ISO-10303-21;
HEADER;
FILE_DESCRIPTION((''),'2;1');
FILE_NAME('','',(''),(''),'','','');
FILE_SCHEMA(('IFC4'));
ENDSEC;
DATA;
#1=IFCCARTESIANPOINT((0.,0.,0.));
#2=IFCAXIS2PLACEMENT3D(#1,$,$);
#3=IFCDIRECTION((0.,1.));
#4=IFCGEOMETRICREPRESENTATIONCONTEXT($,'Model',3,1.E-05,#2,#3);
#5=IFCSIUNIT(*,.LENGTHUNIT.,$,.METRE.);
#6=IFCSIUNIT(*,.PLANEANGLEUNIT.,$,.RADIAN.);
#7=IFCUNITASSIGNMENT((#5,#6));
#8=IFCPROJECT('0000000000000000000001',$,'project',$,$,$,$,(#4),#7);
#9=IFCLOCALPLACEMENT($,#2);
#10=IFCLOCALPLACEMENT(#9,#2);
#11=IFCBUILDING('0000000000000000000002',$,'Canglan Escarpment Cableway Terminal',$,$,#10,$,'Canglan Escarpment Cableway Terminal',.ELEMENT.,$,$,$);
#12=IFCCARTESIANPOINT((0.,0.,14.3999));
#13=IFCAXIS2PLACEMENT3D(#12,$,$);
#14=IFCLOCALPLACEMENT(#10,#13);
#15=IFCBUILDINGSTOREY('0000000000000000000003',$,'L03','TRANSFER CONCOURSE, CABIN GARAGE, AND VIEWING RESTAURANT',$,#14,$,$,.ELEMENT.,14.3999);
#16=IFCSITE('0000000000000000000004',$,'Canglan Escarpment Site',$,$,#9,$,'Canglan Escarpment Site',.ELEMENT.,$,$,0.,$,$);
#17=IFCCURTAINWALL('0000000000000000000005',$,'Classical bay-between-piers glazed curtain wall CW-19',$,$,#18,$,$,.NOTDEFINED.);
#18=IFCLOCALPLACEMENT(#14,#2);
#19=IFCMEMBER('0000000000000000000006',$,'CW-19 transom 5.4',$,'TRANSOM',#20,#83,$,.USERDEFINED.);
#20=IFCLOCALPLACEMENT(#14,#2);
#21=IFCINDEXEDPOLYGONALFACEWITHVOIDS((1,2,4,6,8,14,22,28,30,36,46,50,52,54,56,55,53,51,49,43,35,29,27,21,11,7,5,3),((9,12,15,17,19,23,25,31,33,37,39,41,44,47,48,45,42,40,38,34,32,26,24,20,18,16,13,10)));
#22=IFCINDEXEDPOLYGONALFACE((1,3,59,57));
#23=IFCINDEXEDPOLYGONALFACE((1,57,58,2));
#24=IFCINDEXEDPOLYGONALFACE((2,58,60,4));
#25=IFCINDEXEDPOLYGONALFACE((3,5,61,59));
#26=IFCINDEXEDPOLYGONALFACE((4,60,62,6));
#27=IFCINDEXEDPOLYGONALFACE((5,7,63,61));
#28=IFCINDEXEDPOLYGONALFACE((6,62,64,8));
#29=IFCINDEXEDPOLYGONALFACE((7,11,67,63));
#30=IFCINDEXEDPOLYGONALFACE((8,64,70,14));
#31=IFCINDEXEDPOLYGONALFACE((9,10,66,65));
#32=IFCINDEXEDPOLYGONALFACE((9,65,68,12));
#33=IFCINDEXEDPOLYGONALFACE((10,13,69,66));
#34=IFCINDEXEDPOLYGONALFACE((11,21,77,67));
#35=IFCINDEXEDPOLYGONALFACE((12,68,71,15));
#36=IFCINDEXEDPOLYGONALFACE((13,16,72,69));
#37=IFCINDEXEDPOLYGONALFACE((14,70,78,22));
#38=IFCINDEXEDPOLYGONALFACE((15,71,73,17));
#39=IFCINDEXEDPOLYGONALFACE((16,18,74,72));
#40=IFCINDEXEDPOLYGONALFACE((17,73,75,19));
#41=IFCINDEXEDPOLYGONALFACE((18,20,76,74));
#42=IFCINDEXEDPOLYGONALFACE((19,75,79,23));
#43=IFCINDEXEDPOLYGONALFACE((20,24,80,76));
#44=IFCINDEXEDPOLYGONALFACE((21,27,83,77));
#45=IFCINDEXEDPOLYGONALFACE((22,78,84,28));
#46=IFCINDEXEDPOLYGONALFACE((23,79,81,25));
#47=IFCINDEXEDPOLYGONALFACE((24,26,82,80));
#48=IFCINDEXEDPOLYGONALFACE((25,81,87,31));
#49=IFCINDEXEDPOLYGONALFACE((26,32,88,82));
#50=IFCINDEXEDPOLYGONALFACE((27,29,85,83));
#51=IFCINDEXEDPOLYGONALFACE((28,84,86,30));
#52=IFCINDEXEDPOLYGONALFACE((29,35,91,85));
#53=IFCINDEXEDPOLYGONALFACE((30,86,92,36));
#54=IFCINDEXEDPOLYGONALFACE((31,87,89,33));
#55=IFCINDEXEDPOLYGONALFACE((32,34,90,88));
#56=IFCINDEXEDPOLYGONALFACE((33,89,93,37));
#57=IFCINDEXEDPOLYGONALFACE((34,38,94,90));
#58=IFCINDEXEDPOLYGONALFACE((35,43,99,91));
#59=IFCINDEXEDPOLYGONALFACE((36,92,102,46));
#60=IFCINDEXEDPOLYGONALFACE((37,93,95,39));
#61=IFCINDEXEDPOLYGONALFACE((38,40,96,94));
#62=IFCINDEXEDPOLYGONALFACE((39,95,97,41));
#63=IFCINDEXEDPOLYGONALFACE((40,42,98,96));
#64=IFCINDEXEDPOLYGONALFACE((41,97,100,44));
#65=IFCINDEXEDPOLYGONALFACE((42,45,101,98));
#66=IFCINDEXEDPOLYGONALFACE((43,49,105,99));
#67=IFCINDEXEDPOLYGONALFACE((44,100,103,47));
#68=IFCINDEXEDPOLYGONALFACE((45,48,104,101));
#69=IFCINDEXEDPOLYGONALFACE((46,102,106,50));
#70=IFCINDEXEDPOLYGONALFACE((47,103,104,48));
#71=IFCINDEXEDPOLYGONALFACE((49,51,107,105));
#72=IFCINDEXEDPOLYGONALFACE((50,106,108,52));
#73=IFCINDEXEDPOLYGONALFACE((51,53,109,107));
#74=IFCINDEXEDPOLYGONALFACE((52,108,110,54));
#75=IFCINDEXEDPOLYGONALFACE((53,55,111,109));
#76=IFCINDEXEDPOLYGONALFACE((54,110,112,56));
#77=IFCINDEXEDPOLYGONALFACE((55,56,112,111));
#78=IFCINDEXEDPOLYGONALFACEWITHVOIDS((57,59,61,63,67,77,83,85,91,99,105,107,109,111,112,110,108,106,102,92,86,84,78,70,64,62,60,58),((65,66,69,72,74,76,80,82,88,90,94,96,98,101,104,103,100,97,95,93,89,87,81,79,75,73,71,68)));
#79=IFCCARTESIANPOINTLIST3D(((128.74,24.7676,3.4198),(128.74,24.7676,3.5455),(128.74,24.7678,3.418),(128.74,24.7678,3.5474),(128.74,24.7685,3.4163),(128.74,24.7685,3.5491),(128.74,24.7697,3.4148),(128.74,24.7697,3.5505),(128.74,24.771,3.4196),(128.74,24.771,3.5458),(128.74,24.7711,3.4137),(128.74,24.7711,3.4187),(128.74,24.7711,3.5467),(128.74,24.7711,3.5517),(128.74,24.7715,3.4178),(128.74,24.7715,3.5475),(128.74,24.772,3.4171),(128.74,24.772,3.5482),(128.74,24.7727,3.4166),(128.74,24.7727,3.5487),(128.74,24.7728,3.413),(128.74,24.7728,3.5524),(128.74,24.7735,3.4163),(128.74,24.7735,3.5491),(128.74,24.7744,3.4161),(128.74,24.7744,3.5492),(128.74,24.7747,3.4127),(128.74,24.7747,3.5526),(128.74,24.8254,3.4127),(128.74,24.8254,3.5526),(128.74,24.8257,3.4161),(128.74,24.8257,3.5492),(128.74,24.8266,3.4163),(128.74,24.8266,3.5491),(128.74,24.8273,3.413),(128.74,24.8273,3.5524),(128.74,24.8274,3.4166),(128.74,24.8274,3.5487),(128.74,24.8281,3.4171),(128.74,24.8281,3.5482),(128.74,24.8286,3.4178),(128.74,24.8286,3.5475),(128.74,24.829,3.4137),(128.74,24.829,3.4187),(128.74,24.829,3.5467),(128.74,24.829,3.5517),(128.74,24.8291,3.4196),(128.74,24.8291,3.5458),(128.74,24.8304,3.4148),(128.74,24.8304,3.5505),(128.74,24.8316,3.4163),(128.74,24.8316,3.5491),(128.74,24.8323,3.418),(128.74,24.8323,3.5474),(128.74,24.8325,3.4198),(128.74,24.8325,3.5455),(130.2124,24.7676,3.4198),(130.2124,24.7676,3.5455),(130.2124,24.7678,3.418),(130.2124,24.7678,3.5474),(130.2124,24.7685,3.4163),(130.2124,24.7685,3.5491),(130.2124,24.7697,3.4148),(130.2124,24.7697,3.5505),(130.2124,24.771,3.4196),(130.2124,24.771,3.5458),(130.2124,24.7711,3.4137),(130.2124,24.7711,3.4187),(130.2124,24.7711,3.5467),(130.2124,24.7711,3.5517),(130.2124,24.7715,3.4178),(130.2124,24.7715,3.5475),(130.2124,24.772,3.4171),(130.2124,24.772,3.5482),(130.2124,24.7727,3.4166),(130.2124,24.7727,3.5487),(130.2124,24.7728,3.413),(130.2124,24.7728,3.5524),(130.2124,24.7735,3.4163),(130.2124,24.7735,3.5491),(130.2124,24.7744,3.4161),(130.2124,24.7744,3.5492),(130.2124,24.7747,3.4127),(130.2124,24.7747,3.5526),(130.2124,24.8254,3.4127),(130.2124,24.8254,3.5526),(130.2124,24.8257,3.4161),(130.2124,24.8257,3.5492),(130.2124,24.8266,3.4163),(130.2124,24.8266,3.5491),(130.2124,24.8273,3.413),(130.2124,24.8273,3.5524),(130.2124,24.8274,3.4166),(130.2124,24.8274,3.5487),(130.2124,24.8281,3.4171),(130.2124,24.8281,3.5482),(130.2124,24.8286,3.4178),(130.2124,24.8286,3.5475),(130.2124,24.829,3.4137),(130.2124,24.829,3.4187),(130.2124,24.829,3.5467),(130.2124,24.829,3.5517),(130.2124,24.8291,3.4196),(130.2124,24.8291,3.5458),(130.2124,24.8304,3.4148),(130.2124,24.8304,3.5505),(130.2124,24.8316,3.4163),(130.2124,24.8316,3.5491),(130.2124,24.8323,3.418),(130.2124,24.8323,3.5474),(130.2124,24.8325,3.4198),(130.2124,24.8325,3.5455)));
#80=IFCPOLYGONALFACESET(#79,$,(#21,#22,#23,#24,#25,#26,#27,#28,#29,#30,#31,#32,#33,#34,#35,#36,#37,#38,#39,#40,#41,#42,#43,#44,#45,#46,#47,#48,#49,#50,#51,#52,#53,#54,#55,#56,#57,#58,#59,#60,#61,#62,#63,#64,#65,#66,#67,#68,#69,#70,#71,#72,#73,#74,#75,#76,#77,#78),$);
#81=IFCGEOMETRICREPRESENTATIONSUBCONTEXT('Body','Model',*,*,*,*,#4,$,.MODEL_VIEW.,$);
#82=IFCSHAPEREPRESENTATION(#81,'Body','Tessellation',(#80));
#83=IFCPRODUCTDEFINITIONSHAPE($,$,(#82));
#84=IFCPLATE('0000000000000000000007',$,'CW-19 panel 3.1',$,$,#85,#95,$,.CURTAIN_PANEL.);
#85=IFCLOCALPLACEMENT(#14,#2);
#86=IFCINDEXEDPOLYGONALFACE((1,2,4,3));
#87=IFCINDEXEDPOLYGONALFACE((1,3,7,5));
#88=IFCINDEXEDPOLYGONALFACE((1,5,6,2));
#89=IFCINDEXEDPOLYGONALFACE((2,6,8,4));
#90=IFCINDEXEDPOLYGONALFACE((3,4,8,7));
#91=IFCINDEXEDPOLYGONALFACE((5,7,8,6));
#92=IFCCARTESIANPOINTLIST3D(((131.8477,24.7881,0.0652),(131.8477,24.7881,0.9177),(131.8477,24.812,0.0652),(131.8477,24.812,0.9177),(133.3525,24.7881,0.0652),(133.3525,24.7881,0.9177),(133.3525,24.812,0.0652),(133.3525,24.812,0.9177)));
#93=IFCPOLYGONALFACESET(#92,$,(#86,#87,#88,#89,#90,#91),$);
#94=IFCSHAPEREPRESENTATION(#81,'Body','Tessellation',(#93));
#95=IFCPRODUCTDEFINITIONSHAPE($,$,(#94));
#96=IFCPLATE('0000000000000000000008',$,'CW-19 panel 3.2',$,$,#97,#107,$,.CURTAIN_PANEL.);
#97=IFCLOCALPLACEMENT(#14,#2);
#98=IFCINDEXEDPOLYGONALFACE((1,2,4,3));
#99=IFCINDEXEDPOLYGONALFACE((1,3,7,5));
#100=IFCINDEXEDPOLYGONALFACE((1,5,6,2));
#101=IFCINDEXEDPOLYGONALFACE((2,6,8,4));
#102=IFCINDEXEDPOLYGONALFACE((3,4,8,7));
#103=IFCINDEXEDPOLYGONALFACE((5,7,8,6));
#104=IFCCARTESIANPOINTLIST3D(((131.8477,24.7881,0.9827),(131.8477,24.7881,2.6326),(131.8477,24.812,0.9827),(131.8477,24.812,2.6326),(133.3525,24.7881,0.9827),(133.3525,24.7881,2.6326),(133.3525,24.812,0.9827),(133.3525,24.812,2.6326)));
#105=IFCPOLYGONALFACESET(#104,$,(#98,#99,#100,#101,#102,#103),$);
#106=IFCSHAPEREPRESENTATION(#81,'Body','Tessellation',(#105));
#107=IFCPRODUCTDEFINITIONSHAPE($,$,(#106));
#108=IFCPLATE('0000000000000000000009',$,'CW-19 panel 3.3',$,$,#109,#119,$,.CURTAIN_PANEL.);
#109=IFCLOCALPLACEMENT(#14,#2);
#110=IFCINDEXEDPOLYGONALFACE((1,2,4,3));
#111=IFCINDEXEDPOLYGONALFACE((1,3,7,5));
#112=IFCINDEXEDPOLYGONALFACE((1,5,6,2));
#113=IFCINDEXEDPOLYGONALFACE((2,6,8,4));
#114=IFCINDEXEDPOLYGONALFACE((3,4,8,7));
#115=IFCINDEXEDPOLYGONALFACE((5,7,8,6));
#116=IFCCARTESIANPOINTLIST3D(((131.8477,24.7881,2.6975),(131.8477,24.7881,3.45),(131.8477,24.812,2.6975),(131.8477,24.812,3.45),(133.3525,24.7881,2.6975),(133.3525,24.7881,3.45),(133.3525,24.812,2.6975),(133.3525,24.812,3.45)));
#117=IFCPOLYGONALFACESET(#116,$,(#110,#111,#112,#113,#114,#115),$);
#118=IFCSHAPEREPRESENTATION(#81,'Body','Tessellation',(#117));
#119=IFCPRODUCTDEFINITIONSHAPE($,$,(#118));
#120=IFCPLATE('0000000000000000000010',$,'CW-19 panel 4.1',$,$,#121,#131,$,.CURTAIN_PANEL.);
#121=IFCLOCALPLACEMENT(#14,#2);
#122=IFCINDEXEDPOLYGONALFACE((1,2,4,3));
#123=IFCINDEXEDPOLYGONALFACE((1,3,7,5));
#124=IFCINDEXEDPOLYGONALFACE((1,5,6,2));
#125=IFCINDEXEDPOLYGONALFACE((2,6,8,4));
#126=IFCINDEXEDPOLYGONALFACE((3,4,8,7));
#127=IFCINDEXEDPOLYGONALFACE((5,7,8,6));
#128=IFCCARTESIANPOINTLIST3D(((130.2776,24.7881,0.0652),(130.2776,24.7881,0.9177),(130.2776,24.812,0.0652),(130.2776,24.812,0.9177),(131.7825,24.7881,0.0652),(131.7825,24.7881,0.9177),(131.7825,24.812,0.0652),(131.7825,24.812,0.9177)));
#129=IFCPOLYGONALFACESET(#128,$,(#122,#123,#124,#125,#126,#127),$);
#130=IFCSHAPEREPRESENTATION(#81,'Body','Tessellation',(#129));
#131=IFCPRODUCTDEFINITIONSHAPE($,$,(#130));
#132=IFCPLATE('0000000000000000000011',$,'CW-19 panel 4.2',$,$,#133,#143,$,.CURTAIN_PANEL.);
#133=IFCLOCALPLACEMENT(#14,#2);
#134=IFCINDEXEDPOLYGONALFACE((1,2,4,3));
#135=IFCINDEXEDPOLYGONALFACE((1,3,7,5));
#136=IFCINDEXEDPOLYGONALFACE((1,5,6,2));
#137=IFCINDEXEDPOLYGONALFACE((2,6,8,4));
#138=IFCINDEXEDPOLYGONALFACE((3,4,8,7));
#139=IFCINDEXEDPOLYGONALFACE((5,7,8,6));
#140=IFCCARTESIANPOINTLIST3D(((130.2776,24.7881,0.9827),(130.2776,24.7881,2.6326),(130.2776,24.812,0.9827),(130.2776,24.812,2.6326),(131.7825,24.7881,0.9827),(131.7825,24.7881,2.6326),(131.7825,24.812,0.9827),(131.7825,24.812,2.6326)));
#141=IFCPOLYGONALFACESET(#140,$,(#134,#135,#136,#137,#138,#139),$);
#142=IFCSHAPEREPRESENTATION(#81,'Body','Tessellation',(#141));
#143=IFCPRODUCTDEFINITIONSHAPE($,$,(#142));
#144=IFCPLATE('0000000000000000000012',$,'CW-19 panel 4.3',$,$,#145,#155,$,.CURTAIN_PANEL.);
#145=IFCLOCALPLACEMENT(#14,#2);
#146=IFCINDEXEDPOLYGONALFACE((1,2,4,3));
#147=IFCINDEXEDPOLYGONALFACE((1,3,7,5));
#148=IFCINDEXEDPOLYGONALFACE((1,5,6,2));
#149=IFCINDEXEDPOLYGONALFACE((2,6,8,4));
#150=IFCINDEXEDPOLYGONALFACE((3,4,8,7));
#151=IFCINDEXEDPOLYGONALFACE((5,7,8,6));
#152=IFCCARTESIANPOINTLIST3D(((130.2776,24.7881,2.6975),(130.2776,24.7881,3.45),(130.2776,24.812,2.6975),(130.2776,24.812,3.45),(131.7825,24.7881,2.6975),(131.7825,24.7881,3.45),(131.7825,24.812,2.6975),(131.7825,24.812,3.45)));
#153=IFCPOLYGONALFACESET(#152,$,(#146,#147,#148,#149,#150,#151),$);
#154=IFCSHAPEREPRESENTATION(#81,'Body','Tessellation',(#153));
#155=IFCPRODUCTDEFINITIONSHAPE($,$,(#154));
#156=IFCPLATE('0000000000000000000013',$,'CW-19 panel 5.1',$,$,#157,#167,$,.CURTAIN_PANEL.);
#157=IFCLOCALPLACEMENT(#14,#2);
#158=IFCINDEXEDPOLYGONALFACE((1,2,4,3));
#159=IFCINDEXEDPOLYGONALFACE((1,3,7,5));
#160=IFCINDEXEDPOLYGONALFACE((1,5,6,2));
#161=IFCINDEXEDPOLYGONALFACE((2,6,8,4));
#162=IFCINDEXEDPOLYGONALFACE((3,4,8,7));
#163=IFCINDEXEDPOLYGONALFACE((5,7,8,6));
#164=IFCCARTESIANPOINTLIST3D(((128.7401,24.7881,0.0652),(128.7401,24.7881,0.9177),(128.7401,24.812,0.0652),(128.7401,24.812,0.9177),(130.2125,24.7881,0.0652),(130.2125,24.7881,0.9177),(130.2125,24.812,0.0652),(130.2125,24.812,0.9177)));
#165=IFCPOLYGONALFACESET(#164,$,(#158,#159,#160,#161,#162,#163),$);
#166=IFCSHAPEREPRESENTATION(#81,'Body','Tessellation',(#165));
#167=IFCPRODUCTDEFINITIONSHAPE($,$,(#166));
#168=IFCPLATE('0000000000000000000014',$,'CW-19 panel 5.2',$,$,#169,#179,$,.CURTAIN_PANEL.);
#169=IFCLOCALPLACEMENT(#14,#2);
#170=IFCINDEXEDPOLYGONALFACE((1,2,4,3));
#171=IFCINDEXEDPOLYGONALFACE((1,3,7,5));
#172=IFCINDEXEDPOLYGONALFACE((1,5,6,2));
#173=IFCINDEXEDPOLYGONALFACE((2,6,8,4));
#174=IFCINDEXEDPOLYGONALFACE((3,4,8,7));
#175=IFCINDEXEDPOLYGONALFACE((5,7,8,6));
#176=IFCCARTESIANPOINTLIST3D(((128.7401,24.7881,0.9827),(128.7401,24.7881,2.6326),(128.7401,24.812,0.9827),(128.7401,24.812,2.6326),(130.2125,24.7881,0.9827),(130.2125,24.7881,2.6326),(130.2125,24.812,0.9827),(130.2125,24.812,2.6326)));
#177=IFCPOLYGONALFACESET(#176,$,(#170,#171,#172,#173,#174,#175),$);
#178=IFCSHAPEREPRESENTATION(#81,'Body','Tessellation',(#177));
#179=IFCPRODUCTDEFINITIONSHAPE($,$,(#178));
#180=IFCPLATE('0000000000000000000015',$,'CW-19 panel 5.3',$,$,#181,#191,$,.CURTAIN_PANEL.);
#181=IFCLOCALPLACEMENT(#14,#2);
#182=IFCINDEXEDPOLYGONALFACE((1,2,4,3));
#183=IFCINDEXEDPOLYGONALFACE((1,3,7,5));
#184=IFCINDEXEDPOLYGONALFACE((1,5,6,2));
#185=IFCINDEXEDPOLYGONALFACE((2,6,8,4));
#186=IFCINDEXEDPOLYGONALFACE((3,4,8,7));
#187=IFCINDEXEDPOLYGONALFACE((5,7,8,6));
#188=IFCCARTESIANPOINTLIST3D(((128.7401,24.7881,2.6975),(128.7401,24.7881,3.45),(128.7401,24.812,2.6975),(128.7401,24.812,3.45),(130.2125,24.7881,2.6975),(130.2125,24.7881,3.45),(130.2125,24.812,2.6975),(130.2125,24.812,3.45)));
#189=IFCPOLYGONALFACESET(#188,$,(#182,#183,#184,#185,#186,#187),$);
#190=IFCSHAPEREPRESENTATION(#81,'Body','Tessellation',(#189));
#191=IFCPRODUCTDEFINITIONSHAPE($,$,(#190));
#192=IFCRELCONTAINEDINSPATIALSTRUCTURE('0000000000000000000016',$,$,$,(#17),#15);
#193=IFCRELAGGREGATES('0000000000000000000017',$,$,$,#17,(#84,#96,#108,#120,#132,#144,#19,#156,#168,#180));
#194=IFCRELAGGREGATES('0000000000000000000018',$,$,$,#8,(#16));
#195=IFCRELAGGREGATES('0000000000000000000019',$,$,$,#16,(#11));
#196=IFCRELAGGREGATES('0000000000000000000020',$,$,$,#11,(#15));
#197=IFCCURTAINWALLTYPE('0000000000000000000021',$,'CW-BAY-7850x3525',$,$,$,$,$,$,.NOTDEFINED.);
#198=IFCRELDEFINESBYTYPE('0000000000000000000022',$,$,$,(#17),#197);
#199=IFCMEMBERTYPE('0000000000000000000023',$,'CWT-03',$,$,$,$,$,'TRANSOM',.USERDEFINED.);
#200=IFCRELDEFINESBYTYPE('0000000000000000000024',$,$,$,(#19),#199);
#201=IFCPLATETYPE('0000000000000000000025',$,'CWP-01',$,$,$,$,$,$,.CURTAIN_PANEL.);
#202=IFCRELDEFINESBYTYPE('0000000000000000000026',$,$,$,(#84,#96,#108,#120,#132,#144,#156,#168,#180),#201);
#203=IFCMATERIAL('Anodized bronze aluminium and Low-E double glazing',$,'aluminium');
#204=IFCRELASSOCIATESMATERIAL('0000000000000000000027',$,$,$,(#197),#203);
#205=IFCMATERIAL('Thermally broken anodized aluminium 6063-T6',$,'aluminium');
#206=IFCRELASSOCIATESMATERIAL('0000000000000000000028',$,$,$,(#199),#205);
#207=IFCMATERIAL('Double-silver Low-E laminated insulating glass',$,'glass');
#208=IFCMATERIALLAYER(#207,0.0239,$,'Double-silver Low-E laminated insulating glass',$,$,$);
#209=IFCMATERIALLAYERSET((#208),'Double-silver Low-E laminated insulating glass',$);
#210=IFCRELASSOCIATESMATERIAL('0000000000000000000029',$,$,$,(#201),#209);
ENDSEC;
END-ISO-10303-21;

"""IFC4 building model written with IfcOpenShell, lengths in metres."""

from ifc_helpers import new_model, si_unit, direction, frame, origin, origin_2d, place, context, subcontext, project, spatial, rectangle, hollow_rectangle, extrude, material, layer, layer_set, material_profile, profile_set, type_object, element, aggregate, save


model = new_model("IFC4")

# Units and contexts
model_context = context("Model", 3, precision=1e-05, world=origin(), true_north=direction((0.0, 1.0)))
body_context = subcontext(model_context, "Body", "Model", "MODEL_VIEW")
ifc_project = project(units=[si_unit("LENGTHUNIT", "METRE"), si_unit("PLANEANGLEUNIT", "RADIAN")], contexts=[model_context])

# Site, building, storey
site_placement = place(None, origin())
site = spatial("IfcSite", under=ifc_project, at=site_placement, Name="Canglan Escarpment Site", LongName="Canglan Escarpment Site", CompositionType="ELEMENT", RefElevation=0.0)
building_placement = place(site_placement, origin())
building = spatial("IfcBuilding", under=site, at=building_placement, Name="Canglan Escarpment Cableway Terminal", LongName="Canglan Escarpment Cableway Terminal", CompositionType="ELEMENT")
storey_placement = place(building_placement, frame((0.0, 0.0, 14.3999)))
storey = spatial("IfcBuildingStorey", under=building, at=storey_placement, Name="L03", Description="TRANSFER CONCOURSE, CABIN GARAGE, AND VIEWING RESTAURANT", CompositionType="ELEMENT", Elevation=14.3999)

# Shared definitions
ifc_material_1 = material(Name="Anodized bronze aluminium and Low-E double glazing", Category="aluminium")
ifc_material_2 = material(Name="Thermally broken anodized aluminium 6063-T6", Category="aluminium")

# Curtain wall
curtain_wall_type_1 = type_object("IfcCurtainWallType", Name="CW-BAY-7850x3525", PredefinedType="NOTDEFINED", material=ifc_material_1)
curtain_wall_1_placement = place(storey_placement, origin())
curtain_wall_1 = element("IfcCurtainWall", 1, at=curtain_wall_1_placement, inside=storey, type_object=curtain_wall_type_1, Name="Classical bay-between-piers glazed curtain wall CW-19", PredefinedType="NOTDEFINED")

# Member
ifc_material_profile_1 = material_profile(ifc_material_2, hollow_rectangle(XDim=0.0649, YDim=0.1399, WallThickness=0.0034, InnerFilletRadius=0.0034, OuterFilletRadius=0.0071, at=origin_2d()), Name="ALU-TRAN 65x140x3.5")
ifc_profile_set_1 = profile_set([ifc_material_profile_1], Name="Thermally broken anodized aluminium 6063-T6")
member_type_1 = type_object("IfcMemberType", Name="CWT-03", ElementType="TRANSOM", PredefinedType="USERDEFINED", material=ifc_profile_set_1)
member_1_placement = place(storey_placement, frame((130.2124, 24.8, 3.4827), z_axis=(-1.0, 0.0, 0.0), x_axis=(0.0, -1.0, 0.0)))
member_1 = element("IfcMember", 2, at=member_1_placement, type_object=member_type_1, Name="CW-19 transom 5.4", ObjectType="TRANSOM", PredefinedType="USERDEFINED", context=body_context, shape_type="SweptSolid", body=[
    extrude(hollow_rectangle(XDim=0.0649, YDim=0.1399, WallThickness=0.0034, InnerFilletRadius=0.0034, OuterFilletRadius=0.0071, at=origin_2d()), origin(), (0.0, 0.0, 1.0), 1.4724),
])

# Plates
ifc_material_3 = material(Name="Double-silver Low-E laminated insulating glass", Category="glass")
ifc_layer = layer(ifc_material_3, 0.0239, Name="Double-silver Low-E laminated insulating glass")
ifc_layer_set = layer_set([ifc_layer], Name="Double-silver Low-E laminated insulating glass")
plate_type = type_object("IfcPlateType", Name="CWP-01", PredefinedType="CURTAIN_PANEL", material=ifc_layer_set)
plate_1_placement = place(storey_placement, frame((132.6001, 24.8, 0.0652), z_axis=(0.0, 0.0, 1.0), x_axis=(-1.0, 0.0, 0.0)))
plate_1 = element("IfcPlate", 3, at=plate_1_placement, type_object=plate_type, Name="CW-19 panel 3.1", PredefinedType="CURTAIN_PANEL", context=body_context, shape_type="SweptSolid", body=[
    extrude(rectangle(XDim=1.5049, YDim=0.0239, at=origin_2d()), origin(), (0.0, 0.0, 1.0), 0.8525),
])
plate_2_placement = place(storey_placement, frame((132.6001, 24.8, 0.9827), z_axis=(0.0, 0.0, 1.0), x_axis=(-1.0, 0.0, 0.0)))
plate_2 = element("IfcPlate", 4, at=plate_2_placement, type_object=plate_type, Name="CW-19 panel 3.2", PredefinedType="CURTAIN_PANEL", context=body_context, shape_type="SweptSolid", body=[
    extrude(rectangle(XDim=1.5049, YDim=0.0239, at=origin_2d()), origin(), (0.0, 0.0, 1.0), 1.6499),
])
plate_3_placement = place(storey_placement, frame((132.6001, 24.8, 2.6975), z_axis=(0.0, 0.0, 1.0), x_axis=(-1.0, 0.0, 0.0)))
plate_3 = element("IfcPlate", 5, at=plate_3_placement, type_object=plate_type, Name="CW-19 panel 3.3", PredefinedType="CURTAIN_PANEL", context=body_context, shape_type="SweptSolid", body=[
    extrude(rectangle(XDim=1.5049, YDim=0.0239, at=origin_2d()), origin(), (0.0, 0.0, 1.0), 0.7524),
])
plate_4_placement = place(storey_placement, frame((131.03, 24.8, 0.0652), z_axis=(0.0, 0.0, 1.0), x_axis=(-1.0, 0.0, 0.0)))
plate_4 = element("IfcPlate", 6, at=plate_4_placement, type_object=plate_type, Name="CW-19 panel 4.1", PredefinedType="CURTAIN_PANEL", context=body_context, shape_type="SweptSolid", body=[
    extrude(rectangle(XDim=1.5049, YDim=0.0239, at=origin_2d()), origin(), (0.0, 0.0, 1.0), 0.8525),
])
plate_5_placement = place(storey_placement, frame((131.03, 24.8, 0.9827), z_axis=(0.0, 0.0, 1.0), x_axis=(-1.0, 0.0, 0.0)))
plate_5 = element("IfcPlate", 7, at=plate_5_placement, type_object=plate_type, Name="CW-19 panel 4.2", PredefinedType="CURTAIN_PANEL", context=body_context, shape_type="SweptSolid", body=[
    extrude(rectangle(XDim=1.5049, YDim=0.0239, at=origin_2d()), origin(), (0.0, 0.0, 1.0), 1.6499),
])
plate_6_placement = place(storey_placement, frame((131.03, 24.8, 2.6975), z_axis=(0.0, 0.0, 1.0), x_axis=(-1.0, 0.0, 0.0)))
plate_6 = element("IfcPlate", 8, at=plate_6_placement, type_object=plate_type, Name="CW-19 panel 4.3", PredefinedType="CURTAIN_PANEL", context=body_context, shape_type="SweptSolid", body=[
    extrude(rectangle(XDim=1.5049, YDim=0.0239, at=origin_2d()), origin(), (0.0, 0.0, 1.0), 0.7524),
])
plate_7_placement = place(storey_placement, frame((129.4763, 24.8, 0.0652), z_axis=(0.0, 0.0, 1.0), x_axis=(-1.0, 0.0, 0.0)))
plate_7 = element("IfcPlate", 9, at=plate_7_placement, type_object=plate_type, Name="CW-19 panel 5.1", PredefinedType="CURTAIN_PANEL", context=body_context, shape_type="SweptSolid", body=[
    extrude(rectangle(XDim=1.4724, YDim=0.0239, at=origin_2d()), origin(), (0.0, 0.0, 1.0), 0.8525),
])
plate_8_placement = place(storey_placement, frame((129.4763, 24.8, 0.9827), z_axis=(0.0, 0.0, 1.0), x_axis=(-1.0, 0.0, 0.0)))
plate_8 = element("IfcPlate", 10, at=plate_8_placement, type_object=plate_type, Name="CW-19 panel 5.2", PredefinedType="CURTAIN_PANEL", context=body_context, shape_type="SweptSolid", body=[
    extrude(rectangle(XDim=1.4724, YDim=0.0239, at=origin_2d()), origin(), (0.0, 0.0, 1.0), 1.6499),
])
plate_9_placement = place(storey_placement, frame((129.4763, 24.8, 2.6975), z_axis=(0.0, 0.0, 1.0), x_axis=(-1.0, 0.0, 0.0)))
plate_9 = element("IfcPlate", 11, at=plate_9_placement, type_object=plate_type, Name="CW-19 panel 5.3", PredefinedType="CURTAIN_PANEL", context=body_context, shape_type="SweptSolid", body=[
    extrude(rectangle(XDim=1.4724, YDim=0.0239, at=origin_2d()), origin(), (0.0, 0.0, 1.0), 0.7524),
])
aggregate(curtain_wall_1, [plate_1, plate_2, plate_3, plate_4, plate_5, plate_6, member_1, plate_7, plate_8, plate_9])

save(model, "model.ifc")
